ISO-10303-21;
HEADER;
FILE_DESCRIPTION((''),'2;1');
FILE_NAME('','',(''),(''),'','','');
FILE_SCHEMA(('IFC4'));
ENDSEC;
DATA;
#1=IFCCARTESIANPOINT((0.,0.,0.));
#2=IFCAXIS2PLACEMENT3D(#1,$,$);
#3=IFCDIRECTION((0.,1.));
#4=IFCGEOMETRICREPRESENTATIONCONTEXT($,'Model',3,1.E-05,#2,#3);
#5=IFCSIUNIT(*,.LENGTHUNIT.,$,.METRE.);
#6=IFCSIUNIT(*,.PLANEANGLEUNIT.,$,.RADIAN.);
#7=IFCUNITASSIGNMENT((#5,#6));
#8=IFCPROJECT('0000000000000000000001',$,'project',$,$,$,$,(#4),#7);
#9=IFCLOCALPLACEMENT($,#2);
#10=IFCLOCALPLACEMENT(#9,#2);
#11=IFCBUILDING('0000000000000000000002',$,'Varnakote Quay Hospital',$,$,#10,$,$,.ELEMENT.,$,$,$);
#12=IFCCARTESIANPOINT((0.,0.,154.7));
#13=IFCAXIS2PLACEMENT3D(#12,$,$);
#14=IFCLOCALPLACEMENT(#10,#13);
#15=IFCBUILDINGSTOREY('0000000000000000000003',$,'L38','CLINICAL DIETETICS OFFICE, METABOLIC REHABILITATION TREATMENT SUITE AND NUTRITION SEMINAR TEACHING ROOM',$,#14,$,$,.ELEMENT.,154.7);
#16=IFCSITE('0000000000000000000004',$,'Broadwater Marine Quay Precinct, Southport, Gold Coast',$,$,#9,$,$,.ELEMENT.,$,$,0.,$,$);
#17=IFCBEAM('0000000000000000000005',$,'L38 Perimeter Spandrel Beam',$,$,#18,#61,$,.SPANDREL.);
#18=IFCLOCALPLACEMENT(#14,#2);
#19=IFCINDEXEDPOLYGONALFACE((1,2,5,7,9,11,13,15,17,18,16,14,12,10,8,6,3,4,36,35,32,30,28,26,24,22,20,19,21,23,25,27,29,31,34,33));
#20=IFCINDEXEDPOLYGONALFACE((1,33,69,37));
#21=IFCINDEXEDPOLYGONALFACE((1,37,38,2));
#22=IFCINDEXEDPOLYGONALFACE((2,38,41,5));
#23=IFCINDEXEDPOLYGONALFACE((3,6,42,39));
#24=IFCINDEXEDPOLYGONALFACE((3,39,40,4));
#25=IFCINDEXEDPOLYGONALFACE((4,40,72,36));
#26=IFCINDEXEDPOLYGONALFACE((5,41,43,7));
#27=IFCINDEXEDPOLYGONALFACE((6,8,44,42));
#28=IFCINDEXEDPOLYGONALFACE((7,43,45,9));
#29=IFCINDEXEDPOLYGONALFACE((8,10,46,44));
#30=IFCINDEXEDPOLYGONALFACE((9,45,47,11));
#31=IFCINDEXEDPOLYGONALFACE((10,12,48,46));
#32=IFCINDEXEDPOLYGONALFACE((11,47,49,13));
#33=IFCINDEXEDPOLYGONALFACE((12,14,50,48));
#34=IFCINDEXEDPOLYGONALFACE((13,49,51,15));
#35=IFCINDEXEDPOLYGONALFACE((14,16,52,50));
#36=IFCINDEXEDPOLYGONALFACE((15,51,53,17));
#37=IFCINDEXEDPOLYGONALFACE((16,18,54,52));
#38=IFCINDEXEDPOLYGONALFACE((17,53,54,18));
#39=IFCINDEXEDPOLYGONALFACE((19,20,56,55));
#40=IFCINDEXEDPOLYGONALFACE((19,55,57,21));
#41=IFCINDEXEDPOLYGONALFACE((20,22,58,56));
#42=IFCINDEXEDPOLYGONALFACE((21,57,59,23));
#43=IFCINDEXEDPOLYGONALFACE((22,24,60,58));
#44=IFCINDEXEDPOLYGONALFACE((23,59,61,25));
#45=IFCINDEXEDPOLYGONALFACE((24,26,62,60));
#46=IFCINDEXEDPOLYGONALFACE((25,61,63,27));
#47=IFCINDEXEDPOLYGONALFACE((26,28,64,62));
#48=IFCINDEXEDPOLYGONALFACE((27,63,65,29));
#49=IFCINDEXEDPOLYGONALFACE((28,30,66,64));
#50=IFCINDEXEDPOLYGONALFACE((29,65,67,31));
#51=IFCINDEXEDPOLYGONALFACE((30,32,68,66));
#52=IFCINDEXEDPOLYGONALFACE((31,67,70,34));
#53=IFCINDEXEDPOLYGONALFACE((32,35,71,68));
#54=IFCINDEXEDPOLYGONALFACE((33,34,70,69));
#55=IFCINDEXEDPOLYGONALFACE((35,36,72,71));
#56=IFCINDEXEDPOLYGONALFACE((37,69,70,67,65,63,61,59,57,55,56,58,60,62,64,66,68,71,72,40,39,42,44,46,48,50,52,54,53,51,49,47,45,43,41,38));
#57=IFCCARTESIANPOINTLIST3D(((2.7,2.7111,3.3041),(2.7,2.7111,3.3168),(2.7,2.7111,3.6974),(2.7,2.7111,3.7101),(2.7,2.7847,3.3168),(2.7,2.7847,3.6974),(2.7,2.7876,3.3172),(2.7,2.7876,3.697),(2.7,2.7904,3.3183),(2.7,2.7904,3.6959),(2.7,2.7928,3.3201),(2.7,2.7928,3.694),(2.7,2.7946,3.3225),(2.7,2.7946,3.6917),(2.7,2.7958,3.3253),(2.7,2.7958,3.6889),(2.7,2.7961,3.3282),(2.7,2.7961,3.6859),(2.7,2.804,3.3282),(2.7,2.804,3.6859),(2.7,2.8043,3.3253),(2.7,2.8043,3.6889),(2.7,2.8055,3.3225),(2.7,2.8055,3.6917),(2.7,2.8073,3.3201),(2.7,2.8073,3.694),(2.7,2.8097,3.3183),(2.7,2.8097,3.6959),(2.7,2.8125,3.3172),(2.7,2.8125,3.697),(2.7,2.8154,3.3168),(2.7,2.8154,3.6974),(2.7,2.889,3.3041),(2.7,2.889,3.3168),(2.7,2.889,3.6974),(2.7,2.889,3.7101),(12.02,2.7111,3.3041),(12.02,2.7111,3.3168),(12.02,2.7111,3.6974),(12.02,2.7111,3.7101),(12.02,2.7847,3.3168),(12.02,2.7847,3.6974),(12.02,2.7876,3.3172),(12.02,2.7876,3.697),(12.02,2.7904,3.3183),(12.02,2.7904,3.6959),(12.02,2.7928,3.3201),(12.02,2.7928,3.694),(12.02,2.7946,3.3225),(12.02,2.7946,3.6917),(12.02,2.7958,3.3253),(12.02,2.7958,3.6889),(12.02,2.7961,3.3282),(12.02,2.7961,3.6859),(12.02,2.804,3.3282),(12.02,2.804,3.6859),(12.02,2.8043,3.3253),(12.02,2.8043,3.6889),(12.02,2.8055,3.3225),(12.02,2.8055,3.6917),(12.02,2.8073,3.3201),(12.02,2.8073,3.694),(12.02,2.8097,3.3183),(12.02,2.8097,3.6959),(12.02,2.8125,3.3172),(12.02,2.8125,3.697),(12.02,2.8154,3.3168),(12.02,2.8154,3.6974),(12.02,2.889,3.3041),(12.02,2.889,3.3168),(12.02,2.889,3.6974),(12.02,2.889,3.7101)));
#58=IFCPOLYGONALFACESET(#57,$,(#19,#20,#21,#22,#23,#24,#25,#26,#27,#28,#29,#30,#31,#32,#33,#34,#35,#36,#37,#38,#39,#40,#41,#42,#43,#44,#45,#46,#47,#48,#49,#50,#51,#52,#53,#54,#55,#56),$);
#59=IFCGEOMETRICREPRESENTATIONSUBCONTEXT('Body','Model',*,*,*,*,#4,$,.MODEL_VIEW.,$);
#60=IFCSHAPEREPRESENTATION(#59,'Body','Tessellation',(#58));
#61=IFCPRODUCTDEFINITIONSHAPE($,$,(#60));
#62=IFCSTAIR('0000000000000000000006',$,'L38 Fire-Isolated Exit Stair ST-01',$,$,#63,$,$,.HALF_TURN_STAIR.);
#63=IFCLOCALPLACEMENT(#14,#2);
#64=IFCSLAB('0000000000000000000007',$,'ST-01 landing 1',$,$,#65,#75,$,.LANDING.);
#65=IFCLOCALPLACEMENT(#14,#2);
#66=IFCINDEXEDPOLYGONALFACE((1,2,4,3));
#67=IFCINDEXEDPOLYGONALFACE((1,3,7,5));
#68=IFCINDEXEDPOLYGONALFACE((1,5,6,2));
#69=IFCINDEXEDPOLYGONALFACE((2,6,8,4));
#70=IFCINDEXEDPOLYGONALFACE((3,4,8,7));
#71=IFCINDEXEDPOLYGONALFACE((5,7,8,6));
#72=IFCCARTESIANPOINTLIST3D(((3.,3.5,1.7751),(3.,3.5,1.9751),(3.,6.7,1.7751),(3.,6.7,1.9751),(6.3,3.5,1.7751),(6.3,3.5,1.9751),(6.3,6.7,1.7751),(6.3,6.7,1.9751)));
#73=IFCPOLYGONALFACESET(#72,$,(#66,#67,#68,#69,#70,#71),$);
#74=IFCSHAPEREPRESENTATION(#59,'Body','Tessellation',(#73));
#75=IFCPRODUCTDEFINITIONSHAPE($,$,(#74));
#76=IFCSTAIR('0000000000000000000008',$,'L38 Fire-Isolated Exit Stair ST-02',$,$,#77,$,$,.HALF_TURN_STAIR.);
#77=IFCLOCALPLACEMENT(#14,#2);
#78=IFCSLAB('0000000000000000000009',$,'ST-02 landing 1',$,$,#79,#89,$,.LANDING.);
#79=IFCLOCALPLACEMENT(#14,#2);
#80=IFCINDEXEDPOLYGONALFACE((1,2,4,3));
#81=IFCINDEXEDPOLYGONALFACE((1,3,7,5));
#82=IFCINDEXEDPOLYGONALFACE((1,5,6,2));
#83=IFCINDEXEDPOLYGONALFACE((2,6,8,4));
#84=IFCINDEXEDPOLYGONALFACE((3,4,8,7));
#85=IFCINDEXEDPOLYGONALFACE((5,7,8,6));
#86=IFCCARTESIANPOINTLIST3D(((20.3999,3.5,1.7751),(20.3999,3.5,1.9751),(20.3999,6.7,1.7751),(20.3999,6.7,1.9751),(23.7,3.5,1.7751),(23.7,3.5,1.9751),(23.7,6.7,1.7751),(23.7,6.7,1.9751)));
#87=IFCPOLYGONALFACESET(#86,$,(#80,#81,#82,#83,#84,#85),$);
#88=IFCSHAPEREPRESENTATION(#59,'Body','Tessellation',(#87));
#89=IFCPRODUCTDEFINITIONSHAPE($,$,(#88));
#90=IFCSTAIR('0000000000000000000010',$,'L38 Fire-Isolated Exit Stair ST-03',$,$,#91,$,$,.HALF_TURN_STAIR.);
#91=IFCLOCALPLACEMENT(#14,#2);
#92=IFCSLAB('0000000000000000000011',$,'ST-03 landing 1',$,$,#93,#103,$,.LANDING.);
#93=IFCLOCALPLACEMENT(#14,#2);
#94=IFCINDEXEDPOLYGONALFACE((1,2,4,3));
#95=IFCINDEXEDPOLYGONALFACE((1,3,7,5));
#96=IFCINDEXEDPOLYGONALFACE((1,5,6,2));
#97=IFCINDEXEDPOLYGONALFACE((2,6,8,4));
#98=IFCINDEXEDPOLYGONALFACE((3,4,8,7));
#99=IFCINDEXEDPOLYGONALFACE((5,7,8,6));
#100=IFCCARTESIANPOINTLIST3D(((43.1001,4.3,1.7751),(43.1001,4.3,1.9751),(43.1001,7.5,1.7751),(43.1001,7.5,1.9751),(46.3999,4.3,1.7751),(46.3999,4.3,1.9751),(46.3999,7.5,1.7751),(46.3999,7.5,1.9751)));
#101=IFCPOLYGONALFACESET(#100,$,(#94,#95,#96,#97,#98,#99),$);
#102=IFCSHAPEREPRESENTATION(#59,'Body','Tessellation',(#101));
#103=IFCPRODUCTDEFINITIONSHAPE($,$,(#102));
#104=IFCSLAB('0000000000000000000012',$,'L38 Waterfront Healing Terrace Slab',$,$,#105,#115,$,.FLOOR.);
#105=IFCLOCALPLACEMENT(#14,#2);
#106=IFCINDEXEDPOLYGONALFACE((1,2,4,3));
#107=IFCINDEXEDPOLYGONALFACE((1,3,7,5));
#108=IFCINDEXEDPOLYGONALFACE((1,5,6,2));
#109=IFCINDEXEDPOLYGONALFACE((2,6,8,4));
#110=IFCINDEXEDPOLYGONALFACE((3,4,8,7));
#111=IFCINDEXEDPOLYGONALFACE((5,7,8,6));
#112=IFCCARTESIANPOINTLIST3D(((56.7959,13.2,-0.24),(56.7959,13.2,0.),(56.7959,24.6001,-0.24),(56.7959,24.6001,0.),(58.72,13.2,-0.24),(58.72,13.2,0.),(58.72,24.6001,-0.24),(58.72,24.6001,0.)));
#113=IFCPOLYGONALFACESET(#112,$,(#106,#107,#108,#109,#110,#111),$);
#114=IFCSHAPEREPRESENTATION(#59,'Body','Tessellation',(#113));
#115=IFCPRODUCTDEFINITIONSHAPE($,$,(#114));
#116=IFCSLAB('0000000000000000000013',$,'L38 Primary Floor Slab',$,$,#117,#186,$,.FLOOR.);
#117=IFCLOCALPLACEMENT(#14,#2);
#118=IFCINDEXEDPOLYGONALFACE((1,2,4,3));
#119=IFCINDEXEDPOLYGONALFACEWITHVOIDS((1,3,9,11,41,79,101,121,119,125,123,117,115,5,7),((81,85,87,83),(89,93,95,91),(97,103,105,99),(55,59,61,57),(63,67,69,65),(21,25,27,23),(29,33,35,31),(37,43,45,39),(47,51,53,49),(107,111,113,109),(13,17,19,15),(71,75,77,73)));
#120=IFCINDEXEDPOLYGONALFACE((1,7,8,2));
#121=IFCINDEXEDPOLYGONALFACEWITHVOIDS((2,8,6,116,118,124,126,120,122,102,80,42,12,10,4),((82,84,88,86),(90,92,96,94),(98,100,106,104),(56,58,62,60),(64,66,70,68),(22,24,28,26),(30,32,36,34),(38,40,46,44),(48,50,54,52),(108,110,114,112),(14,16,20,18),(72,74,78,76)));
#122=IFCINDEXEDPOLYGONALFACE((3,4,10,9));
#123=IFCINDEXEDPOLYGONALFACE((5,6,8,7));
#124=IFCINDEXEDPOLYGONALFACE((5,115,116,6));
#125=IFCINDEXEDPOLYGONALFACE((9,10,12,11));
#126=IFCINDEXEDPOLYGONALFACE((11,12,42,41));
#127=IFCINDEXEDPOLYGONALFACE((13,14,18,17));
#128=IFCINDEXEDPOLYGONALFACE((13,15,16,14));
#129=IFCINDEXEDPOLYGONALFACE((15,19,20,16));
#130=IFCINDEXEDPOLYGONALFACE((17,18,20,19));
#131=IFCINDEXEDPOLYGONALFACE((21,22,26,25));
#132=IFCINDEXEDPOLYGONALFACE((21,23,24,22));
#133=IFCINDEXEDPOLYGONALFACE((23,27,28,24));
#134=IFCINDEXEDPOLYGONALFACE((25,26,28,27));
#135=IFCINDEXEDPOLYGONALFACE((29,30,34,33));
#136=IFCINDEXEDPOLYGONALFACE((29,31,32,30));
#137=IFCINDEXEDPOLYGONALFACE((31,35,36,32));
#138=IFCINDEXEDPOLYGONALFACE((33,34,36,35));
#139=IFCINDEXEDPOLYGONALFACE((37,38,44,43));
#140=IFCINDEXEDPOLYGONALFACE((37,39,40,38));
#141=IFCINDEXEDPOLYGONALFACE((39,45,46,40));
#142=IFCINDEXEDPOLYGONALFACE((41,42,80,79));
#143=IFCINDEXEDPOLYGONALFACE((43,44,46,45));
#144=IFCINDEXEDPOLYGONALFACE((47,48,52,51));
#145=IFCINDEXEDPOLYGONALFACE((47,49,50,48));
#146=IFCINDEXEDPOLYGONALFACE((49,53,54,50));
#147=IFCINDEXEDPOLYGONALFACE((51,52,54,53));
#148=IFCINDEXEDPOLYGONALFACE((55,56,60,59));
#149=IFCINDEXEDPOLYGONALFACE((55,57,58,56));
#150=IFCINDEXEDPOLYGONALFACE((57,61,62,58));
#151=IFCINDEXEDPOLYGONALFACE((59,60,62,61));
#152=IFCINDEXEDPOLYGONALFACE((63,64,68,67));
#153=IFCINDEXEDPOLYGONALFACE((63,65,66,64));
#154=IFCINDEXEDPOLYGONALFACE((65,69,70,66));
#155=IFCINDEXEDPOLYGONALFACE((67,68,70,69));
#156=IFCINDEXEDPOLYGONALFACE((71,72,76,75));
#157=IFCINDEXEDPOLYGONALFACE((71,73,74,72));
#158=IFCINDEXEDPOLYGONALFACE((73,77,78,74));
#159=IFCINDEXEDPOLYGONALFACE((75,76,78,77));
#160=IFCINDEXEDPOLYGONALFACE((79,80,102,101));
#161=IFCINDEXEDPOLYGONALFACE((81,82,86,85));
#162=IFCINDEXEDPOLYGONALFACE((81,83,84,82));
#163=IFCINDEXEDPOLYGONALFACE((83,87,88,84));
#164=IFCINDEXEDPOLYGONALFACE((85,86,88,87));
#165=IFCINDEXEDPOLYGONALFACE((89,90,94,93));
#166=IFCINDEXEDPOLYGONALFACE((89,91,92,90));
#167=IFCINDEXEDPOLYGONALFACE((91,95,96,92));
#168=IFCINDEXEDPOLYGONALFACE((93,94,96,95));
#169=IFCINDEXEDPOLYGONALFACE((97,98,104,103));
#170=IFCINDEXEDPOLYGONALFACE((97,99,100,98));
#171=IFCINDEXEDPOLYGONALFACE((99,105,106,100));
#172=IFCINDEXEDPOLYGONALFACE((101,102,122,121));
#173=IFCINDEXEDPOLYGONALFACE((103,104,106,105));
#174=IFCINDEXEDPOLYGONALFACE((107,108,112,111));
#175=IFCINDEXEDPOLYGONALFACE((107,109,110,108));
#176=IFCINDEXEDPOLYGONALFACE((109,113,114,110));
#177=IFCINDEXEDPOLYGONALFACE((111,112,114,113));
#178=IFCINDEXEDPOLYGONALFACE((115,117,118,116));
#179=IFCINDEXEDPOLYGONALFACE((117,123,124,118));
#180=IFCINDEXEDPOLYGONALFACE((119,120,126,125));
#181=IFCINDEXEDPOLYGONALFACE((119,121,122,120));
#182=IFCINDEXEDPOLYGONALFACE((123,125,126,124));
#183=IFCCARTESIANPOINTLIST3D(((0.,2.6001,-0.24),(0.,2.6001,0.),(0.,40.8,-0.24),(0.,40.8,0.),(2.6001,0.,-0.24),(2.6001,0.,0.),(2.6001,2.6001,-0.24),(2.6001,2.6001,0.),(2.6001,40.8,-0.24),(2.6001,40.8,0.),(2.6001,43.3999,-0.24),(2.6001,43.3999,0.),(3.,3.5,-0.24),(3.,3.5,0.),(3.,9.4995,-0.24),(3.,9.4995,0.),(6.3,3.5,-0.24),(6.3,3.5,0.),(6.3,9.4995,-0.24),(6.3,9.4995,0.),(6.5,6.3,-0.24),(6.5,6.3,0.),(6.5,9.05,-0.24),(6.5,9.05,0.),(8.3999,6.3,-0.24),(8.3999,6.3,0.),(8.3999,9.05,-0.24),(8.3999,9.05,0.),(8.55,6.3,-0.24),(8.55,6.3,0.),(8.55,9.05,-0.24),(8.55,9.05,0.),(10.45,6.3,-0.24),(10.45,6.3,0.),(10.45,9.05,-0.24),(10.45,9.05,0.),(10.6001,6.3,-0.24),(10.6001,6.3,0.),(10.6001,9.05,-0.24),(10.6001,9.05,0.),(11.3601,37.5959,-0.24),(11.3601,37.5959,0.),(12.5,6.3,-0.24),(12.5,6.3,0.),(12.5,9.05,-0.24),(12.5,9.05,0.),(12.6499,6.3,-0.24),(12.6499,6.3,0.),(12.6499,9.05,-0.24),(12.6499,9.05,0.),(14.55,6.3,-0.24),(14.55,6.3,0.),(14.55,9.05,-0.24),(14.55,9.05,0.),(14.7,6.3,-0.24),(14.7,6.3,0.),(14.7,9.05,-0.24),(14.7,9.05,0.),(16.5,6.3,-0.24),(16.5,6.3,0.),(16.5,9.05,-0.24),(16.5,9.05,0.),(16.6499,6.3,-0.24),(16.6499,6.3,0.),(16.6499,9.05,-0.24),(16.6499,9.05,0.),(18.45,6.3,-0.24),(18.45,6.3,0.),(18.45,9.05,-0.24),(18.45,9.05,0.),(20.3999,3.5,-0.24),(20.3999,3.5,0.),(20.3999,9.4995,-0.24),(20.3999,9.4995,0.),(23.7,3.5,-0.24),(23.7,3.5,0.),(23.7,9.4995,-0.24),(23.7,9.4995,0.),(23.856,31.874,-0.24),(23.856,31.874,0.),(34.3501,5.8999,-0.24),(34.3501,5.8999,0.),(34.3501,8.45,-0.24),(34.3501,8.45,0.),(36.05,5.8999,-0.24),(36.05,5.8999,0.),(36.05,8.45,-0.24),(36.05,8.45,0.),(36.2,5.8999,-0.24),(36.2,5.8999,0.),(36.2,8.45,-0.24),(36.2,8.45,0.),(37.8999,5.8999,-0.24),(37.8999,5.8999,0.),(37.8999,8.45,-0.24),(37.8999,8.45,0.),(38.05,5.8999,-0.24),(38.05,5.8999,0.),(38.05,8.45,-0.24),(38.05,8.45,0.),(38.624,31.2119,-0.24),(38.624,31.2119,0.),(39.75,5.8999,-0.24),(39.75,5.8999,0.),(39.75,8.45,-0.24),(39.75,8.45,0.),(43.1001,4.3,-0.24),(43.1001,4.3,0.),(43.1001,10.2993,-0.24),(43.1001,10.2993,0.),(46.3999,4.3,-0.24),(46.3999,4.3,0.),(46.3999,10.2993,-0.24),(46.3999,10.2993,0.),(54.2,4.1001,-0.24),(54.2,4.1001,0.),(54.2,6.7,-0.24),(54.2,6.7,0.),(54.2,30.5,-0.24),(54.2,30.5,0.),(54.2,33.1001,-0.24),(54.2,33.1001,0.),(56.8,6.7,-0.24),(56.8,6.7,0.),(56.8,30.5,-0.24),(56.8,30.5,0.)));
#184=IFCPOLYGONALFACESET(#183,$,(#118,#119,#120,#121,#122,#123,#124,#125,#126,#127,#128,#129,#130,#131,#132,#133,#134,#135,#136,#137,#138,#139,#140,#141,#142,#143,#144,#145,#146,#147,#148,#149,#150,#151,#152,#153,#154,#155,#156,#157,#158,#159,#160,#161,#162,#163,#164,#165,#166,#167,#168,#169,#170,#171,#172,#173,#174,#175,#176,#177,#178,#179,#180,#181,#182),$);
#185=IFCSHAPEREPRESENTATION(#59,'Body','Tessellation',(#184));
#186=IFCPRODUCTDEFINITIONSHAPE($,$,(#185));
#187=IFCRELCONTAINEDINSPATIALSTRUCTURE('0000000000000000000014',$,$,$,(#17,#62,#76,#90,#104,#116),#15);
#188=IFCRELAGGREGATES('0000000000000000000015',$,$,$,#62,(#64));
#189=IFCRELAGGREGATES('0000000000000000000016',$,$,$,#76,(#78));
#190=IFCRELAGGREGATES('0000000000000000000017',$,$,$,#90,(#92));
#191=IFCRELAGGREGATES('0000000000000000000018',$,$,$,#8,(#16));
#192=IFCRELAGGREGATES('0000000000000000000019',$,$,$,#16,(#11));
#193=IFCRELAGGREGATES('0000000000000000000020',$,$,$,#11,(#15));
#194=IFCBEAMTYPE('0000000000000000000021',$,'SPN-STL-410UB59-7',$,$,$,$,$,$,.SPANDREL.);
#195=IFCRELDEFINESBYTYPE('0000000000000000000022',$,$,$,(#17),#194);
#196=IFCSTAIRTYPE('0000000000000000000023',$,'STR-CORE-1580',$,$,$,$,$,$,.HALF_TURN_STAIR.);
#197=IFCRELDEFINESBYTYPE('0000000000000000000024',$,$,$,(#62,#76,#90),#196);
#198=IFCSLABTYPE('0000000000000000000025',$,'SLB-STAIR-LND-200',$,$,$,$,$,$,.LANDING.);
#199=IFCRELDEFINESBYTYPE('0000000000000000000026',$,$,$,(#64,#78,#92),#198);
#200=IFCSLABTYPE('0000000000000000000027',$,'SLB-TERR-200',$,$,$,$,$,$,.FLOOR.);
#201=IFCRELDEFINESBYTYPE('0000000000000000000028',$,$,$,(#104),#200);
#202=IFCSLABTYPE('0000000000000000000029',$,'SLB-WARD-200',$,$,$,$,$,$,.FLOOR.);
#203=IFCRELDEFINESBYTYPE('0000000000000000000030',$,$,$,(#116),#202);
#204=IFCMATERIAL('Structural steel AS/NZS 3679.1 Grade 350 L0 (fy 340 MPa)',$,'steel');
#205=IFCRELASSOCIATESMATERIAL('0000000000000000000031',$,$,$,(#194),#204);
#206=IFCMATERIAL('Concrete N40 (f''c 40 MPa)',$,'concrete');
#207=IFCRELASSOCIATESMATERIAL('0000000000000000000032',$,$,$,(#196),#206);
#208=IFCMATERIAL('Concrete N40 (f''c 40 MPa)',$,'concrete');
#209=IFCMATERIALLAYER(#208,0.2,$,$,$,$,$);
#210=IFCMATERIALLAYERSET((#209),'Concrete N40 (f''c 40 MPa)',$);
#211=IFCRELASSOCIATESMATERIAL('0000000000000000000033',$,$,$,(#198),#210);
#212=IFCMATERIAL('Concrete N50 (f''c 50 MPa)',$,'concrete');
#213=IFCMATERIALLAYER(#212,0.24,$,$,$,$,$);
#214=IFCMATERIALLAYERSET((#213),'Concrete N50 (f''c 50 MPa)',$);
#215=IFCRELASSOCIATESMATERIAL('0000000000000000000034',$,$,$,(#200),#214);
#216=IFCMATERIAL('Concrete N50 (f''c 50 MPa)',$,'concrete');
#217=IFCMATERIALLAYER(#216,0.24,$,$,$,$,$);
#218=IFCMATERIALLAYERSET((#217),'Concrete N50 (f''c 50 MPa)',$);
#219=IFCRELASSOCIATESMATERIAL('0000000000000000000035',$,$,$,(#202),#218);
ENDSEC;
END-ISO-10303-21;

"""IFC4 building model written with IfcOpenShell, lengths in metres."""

from ifc_helpers import new_model, si_unit, direction, frame, origin, origin_2d, place, context, subcontext, project, spatial, polyline, i_section, outline, extrude, material, layer, layer_set, material_profile, profile_set, type_object, element, aggregate, save


model = new_model("IFC4")

# Units and contexts
model_context = context("Model", 3, precision=1e-05, world=origin(), true_north=direction((0.0, 1.0)))
body_context = subcontext(model_context, "Body", "Model", "MODEL_VIEW")
ifc_project = project(units=[si_unit("LENGTHUNIT", "METRE"), si_unit("PLANEANGLEUNIT", "RADIAN")], contexts=[model_context])

# Site, building, storey
site_placement = place(None, origin())
site = spatial("IfcSite", under=ifc_project, at=site_placement, Name="Broadwater Marine Quay Precinct, Southport, Gold Coast", CompositionType="ELEMENT", RefElevation=0.0)
building_placement = place(site_placement, origin())
building = spatial("IfcBuilding", under=site, at=building_placement, Name="Varnakote Quay Hospital", CompositionType="ELEMENT")
storey_placement = place(building_placement, frame((0.0, 0.0, 154.7)))
storey = spatial("IfcBuildingStorey", under=building, at=storey_placement, Name="L38", Description="CLINICAL DIETETICS OFFICE, METABOLIC REHABILITATION TREATMENT SUITE AND NUTRITION SEMINAR TEACHING ROOM", CompositionType="ELEMENT", Elevation=154.7)

# Beam
ifc_material_1 = material(Name="Structural steel AS/NZS 3679.1 Grade 350 L0 (fy 340 MPa)", Category="steel")
ifc_material_profile_1 = material_profile(ifc_material_1, i_section(OverallWidth=0.178, OverallDepth=0.406, WebThickness=0.0078, FlangeThickness=0.0127, FilletRadius=0.0115, at=origin_2d()), Name="410UB59.7")
ifc_profile_set_1 = profile_set([ifc_material_profile_1], Name="Structural steel AS/NZS 3679.1 Grade 350 L0 (fy 340 MPa)")
beam_type_1 = type_object("IfcBeamType", Name="SPN-STL-410UB59-7", PredefinedType="SPANDREL", material=ifc_profile_set_1)
beam_1_placement = place(storey_placement, frame((2.7, 2.8, 3.5071), z_axis=(1.0, 0.0, 0.0), x_axis=(0.0, 1.0, 0.0)))
element("IfcBeam", 1, at=beam_1_placement, inside=storey, type_object=beam_type_1, Name="L38 Perimeter Spandrel Beam", PredefinedType="SPANDREL", context=body_context, shape_type="SweptSolid", body=[
    extrude(i_section(OverallWidth=0.178, OverallDepth=0.406, WebThickness=0.0078, FlangeThickness=0.0127, FilletRadius=0.0115, at=origin_2d()), origin(), (0.0, 0.0, 1.0), 9.3201),
])

# Stairs, slabs
ifc_material_2 = material(Name="Concrete N40 (f'c 40 MPa)", Category="concrete")
stair_type = type_object("IfcStairType", Name="STR-CORE-1580", PredefinedType="HALF_TURN_STAIR", material=ifc_material_2)
stair_1_placement = place(storey_placement, origin())
stair_1 = element("IfcStair", 2, at=stair_1_placement, inside=storey, type_object=stair_type, Name="L38 Fire-Isolated Exit Stair ST-01", PredefinedType="HALF_TURN_STAIR")
ifc_material_3 = material(Name="Concrete N40 (f'c 40 MPa)", Category="concrete")
ifc_layer_1 = layer(ifc_material_3, 0.2)
ifc_layer_set_1 = layer_set([ifc_layer_1], Name="Concrete N40 (f'c 40 MPa)")
slab_type_1 = type_object("IfcSlabType", Name="SLB-STAIR-LND-200", PredefinedType="LANDING", material=ifc_layer_set_1)
slab_1_placement = place(storey_placement, frame((0.0, 0.0, 1.7751)))
slab_1 = element("IfcSlab", 3, at=slab_1_placement, type_object=slab_type_1, Name="ST-01 landing 1", PredefinedType="LANDING", context=body_context, shape_type="SweptSolid", body=[
    extrude(outline(polyline([(3.0, 6.7), (3.0, 3.5), (6.3, 3.5), (6.3, 6.7), (3.0, 6.7)])), origin(), (0.0, 0.0, 1.0), 0.2),
])
aggregate(stair_1, [slab_1])
stair_2_placement = place(storey_placement, origin())
stair_2 = element("IfcStair", 4, at=stair_2_placement, inside=storey, type_object=stair_type, Name="L38 Fire-Isolated Exit Stair ST-02", PredefinedType="HALF_TURN_STAIR")
slab_2_placement = place(storey_placement, frame((0.0, 0.0, 1.7751)))
slab_2 = element("IfcSlab", 5, at=slab_2_placement, type_object=slab_type_1, Name="ST-02 landing 1", PredefinedType="LANDING", context=body_context, shape_type="SweptSolid", body=[
    extrude(outline(polyline([(20.3999, 6.7), (20.3999, 3.5), (23.7, 3.5), (23.7, 6.7), (20.3999, 6.7)])), origin(), (0.0, 0.0, 1.0), 0.2),
])
aggregate(stair_2, [slab_2])
stair_3_placement = place(storey_placement, origin())
stair_3 = element("IfcStair", 6, at=stair_3_placement, inside=storey, type_object=stair_type, Name="L38 Fire-Isolated Exit Stair ST-03", PredefinedType="HALF_TURN_STAIR")
slab_3_placement = place(storey_placement, frame((0.0, 0.0, 1.7751)))
slab_3 = element("IfcSlab", 7, at=slab_3_placement, type_object=slab_type_1, Name="ST-03 landing 1", PredefinedType="LANDING", context=body_context, shape_type="SweptSolid", body=[
    extrude(outline(polyline([(43.1001, 7.5), (43.1001, 4.3), (46.3999, 4.3), (46.3999, 7.5), (43.1001, 7.5)])), origin(), (0.0, 0.0, 1.0), 0.2),
])
aggregate(stair_3, [slab_3])

# Slabs
ifc_material_4 = material(Name="Concrete N50 (f'c 50 MPa)", Category="concrete")
ifc_layer_2 = layer(ifc_material_4, 0.24)
ifc_layer_set_2 = layer_set([ifc_layer_2], Name="Concrete N50 (f'c 50 MPa)")
slab_type_2 = type_object("IfcSlabType", Name="SLB-TERR-200", PredefinedType="FLOOR", material=ifc_layer_set_2)
slab_4_placement = place(storey_placement, frame((0.0, 0.0, -0.24)))
element("IfcSlab", 8, at=slab_4_placement, inside=storey, type_object=slab_type_2, Name="L38 Waterfront Healing Terrace Slab", PredefinedType="FLOOR", context=body_context, shape_type="SweptSolid", body=[
    extrude(outline(polyline([(56.7959, 13.2), (58.72, 13.2), (58.72, 24.6001), (56.7959, 24.6001), (56.7959, 13.2)])), origin(), (0.0, 0.0, 1.0), 0.24),
])
ifc_material_5 = material(Name="Concrete N50 (f'c 50 MPa)", Category="concrete")
ifc_layer_3 = layer(ifc_material_5, 0.24)
ifc_layer_set_3 = layer_set([ifc_layer_3], Name="Concrete N50 (f'c 50 MPa)")
slab_type_3 = type_object("IfcSlabType", Name="SLB-WARD-200", PredefinedType="FLOOR", material=ifc_layer_set_3)
slab_5_placement = place(storey_placement, frame((0.0, 0.0, -0.24)))
element("IfcSlab", 9, at=slab_5_placement, inside=storey, type_object=slab_type_3, Name="L38 Primary Floor Slab", PredefinedType="FLOOR", context=body_context, shape_type="SweptSolid", body=[
    extrude(outline(polyline([(0.0, 2.6001), (2.6001, 2.6001), (2.6001, 0.0), (54.2, 4.1001), (54.2, 6.7), (56.8, 6.7), (56.8, 30.5), (54.2, 30.5), (54.2, 33.1001), (38.624, 31.2119), (23.856, 31.874), (11.3601, 37.5959), (2.6001, 43.3999), (2.6001, 40.8), (0.0, 40.8), (0.0, 2.6001)]), holes=[polyline([(3.0, 3.5), (6.3, 3.5), (6.3, 9.4995), (3.0, 9.4995), (3.0, 3.5)]), polyline([(20.3999, 3.5), (23.7, 3.5), (23.7, 9.4995), (20.3999, 9.4995), (20.3999, 3.5)]), polyline([(43.1001, 4.3), (46.3999, 4.3), (46.3999, 10.2993), (43.1001, 10.2993), (43.1001, 4.3)]), polyline([(6.5, 6.3), (8.3999, 6.3), (8.3999, 9.05), (6.5, 9.05), (6.5, 6.3)]), polyline([(8.55, 6.3), (10.45, 6.3), (10.45, 9.05), (8.55, 9.05), (8.55, 6.3)]), polyline([(10.6001, 6.3), (12.5, 6.3), (12.5, 9.05), (10.6001, 9.05), (10.6001, 6.3)]), polyline([(12.6499, 6.3), (14.55, 6.3), (14.55, 9.05), (12.6499, 9.05), (12.6499, 6.3)]), polyline([(14.7, 6.3), (16.5, 6.3), (16.5, 9.05), (14.7, 9.05), (14.7, 6.3)]), polyline([(16.6499, 6.3), (18.45, 6.3), (18.45, 9.05), (16.6499, 9.05), (16.6499, 6.3)]), polyline([(34.3501, 5.8999), (36.05, 5.8999), (36.05, 8.45), (34.3501, 8.45), (34.3501, 5.8999)]), polyline([(36.2, 5.8999), (37.8999, 5.8999), (37.8999, 8.45), (36.2, 8.45), (36.2, 5.8999)]), polyline([(38.05, 5.8999), (39.75, 5.8999), (39.75, 8.45), (38.05, 8.45), (38.05, 5.8999)])]), origin(), (0.0, 0.0, 1.0), 0.24),
])

save(model, "model.ifc")
